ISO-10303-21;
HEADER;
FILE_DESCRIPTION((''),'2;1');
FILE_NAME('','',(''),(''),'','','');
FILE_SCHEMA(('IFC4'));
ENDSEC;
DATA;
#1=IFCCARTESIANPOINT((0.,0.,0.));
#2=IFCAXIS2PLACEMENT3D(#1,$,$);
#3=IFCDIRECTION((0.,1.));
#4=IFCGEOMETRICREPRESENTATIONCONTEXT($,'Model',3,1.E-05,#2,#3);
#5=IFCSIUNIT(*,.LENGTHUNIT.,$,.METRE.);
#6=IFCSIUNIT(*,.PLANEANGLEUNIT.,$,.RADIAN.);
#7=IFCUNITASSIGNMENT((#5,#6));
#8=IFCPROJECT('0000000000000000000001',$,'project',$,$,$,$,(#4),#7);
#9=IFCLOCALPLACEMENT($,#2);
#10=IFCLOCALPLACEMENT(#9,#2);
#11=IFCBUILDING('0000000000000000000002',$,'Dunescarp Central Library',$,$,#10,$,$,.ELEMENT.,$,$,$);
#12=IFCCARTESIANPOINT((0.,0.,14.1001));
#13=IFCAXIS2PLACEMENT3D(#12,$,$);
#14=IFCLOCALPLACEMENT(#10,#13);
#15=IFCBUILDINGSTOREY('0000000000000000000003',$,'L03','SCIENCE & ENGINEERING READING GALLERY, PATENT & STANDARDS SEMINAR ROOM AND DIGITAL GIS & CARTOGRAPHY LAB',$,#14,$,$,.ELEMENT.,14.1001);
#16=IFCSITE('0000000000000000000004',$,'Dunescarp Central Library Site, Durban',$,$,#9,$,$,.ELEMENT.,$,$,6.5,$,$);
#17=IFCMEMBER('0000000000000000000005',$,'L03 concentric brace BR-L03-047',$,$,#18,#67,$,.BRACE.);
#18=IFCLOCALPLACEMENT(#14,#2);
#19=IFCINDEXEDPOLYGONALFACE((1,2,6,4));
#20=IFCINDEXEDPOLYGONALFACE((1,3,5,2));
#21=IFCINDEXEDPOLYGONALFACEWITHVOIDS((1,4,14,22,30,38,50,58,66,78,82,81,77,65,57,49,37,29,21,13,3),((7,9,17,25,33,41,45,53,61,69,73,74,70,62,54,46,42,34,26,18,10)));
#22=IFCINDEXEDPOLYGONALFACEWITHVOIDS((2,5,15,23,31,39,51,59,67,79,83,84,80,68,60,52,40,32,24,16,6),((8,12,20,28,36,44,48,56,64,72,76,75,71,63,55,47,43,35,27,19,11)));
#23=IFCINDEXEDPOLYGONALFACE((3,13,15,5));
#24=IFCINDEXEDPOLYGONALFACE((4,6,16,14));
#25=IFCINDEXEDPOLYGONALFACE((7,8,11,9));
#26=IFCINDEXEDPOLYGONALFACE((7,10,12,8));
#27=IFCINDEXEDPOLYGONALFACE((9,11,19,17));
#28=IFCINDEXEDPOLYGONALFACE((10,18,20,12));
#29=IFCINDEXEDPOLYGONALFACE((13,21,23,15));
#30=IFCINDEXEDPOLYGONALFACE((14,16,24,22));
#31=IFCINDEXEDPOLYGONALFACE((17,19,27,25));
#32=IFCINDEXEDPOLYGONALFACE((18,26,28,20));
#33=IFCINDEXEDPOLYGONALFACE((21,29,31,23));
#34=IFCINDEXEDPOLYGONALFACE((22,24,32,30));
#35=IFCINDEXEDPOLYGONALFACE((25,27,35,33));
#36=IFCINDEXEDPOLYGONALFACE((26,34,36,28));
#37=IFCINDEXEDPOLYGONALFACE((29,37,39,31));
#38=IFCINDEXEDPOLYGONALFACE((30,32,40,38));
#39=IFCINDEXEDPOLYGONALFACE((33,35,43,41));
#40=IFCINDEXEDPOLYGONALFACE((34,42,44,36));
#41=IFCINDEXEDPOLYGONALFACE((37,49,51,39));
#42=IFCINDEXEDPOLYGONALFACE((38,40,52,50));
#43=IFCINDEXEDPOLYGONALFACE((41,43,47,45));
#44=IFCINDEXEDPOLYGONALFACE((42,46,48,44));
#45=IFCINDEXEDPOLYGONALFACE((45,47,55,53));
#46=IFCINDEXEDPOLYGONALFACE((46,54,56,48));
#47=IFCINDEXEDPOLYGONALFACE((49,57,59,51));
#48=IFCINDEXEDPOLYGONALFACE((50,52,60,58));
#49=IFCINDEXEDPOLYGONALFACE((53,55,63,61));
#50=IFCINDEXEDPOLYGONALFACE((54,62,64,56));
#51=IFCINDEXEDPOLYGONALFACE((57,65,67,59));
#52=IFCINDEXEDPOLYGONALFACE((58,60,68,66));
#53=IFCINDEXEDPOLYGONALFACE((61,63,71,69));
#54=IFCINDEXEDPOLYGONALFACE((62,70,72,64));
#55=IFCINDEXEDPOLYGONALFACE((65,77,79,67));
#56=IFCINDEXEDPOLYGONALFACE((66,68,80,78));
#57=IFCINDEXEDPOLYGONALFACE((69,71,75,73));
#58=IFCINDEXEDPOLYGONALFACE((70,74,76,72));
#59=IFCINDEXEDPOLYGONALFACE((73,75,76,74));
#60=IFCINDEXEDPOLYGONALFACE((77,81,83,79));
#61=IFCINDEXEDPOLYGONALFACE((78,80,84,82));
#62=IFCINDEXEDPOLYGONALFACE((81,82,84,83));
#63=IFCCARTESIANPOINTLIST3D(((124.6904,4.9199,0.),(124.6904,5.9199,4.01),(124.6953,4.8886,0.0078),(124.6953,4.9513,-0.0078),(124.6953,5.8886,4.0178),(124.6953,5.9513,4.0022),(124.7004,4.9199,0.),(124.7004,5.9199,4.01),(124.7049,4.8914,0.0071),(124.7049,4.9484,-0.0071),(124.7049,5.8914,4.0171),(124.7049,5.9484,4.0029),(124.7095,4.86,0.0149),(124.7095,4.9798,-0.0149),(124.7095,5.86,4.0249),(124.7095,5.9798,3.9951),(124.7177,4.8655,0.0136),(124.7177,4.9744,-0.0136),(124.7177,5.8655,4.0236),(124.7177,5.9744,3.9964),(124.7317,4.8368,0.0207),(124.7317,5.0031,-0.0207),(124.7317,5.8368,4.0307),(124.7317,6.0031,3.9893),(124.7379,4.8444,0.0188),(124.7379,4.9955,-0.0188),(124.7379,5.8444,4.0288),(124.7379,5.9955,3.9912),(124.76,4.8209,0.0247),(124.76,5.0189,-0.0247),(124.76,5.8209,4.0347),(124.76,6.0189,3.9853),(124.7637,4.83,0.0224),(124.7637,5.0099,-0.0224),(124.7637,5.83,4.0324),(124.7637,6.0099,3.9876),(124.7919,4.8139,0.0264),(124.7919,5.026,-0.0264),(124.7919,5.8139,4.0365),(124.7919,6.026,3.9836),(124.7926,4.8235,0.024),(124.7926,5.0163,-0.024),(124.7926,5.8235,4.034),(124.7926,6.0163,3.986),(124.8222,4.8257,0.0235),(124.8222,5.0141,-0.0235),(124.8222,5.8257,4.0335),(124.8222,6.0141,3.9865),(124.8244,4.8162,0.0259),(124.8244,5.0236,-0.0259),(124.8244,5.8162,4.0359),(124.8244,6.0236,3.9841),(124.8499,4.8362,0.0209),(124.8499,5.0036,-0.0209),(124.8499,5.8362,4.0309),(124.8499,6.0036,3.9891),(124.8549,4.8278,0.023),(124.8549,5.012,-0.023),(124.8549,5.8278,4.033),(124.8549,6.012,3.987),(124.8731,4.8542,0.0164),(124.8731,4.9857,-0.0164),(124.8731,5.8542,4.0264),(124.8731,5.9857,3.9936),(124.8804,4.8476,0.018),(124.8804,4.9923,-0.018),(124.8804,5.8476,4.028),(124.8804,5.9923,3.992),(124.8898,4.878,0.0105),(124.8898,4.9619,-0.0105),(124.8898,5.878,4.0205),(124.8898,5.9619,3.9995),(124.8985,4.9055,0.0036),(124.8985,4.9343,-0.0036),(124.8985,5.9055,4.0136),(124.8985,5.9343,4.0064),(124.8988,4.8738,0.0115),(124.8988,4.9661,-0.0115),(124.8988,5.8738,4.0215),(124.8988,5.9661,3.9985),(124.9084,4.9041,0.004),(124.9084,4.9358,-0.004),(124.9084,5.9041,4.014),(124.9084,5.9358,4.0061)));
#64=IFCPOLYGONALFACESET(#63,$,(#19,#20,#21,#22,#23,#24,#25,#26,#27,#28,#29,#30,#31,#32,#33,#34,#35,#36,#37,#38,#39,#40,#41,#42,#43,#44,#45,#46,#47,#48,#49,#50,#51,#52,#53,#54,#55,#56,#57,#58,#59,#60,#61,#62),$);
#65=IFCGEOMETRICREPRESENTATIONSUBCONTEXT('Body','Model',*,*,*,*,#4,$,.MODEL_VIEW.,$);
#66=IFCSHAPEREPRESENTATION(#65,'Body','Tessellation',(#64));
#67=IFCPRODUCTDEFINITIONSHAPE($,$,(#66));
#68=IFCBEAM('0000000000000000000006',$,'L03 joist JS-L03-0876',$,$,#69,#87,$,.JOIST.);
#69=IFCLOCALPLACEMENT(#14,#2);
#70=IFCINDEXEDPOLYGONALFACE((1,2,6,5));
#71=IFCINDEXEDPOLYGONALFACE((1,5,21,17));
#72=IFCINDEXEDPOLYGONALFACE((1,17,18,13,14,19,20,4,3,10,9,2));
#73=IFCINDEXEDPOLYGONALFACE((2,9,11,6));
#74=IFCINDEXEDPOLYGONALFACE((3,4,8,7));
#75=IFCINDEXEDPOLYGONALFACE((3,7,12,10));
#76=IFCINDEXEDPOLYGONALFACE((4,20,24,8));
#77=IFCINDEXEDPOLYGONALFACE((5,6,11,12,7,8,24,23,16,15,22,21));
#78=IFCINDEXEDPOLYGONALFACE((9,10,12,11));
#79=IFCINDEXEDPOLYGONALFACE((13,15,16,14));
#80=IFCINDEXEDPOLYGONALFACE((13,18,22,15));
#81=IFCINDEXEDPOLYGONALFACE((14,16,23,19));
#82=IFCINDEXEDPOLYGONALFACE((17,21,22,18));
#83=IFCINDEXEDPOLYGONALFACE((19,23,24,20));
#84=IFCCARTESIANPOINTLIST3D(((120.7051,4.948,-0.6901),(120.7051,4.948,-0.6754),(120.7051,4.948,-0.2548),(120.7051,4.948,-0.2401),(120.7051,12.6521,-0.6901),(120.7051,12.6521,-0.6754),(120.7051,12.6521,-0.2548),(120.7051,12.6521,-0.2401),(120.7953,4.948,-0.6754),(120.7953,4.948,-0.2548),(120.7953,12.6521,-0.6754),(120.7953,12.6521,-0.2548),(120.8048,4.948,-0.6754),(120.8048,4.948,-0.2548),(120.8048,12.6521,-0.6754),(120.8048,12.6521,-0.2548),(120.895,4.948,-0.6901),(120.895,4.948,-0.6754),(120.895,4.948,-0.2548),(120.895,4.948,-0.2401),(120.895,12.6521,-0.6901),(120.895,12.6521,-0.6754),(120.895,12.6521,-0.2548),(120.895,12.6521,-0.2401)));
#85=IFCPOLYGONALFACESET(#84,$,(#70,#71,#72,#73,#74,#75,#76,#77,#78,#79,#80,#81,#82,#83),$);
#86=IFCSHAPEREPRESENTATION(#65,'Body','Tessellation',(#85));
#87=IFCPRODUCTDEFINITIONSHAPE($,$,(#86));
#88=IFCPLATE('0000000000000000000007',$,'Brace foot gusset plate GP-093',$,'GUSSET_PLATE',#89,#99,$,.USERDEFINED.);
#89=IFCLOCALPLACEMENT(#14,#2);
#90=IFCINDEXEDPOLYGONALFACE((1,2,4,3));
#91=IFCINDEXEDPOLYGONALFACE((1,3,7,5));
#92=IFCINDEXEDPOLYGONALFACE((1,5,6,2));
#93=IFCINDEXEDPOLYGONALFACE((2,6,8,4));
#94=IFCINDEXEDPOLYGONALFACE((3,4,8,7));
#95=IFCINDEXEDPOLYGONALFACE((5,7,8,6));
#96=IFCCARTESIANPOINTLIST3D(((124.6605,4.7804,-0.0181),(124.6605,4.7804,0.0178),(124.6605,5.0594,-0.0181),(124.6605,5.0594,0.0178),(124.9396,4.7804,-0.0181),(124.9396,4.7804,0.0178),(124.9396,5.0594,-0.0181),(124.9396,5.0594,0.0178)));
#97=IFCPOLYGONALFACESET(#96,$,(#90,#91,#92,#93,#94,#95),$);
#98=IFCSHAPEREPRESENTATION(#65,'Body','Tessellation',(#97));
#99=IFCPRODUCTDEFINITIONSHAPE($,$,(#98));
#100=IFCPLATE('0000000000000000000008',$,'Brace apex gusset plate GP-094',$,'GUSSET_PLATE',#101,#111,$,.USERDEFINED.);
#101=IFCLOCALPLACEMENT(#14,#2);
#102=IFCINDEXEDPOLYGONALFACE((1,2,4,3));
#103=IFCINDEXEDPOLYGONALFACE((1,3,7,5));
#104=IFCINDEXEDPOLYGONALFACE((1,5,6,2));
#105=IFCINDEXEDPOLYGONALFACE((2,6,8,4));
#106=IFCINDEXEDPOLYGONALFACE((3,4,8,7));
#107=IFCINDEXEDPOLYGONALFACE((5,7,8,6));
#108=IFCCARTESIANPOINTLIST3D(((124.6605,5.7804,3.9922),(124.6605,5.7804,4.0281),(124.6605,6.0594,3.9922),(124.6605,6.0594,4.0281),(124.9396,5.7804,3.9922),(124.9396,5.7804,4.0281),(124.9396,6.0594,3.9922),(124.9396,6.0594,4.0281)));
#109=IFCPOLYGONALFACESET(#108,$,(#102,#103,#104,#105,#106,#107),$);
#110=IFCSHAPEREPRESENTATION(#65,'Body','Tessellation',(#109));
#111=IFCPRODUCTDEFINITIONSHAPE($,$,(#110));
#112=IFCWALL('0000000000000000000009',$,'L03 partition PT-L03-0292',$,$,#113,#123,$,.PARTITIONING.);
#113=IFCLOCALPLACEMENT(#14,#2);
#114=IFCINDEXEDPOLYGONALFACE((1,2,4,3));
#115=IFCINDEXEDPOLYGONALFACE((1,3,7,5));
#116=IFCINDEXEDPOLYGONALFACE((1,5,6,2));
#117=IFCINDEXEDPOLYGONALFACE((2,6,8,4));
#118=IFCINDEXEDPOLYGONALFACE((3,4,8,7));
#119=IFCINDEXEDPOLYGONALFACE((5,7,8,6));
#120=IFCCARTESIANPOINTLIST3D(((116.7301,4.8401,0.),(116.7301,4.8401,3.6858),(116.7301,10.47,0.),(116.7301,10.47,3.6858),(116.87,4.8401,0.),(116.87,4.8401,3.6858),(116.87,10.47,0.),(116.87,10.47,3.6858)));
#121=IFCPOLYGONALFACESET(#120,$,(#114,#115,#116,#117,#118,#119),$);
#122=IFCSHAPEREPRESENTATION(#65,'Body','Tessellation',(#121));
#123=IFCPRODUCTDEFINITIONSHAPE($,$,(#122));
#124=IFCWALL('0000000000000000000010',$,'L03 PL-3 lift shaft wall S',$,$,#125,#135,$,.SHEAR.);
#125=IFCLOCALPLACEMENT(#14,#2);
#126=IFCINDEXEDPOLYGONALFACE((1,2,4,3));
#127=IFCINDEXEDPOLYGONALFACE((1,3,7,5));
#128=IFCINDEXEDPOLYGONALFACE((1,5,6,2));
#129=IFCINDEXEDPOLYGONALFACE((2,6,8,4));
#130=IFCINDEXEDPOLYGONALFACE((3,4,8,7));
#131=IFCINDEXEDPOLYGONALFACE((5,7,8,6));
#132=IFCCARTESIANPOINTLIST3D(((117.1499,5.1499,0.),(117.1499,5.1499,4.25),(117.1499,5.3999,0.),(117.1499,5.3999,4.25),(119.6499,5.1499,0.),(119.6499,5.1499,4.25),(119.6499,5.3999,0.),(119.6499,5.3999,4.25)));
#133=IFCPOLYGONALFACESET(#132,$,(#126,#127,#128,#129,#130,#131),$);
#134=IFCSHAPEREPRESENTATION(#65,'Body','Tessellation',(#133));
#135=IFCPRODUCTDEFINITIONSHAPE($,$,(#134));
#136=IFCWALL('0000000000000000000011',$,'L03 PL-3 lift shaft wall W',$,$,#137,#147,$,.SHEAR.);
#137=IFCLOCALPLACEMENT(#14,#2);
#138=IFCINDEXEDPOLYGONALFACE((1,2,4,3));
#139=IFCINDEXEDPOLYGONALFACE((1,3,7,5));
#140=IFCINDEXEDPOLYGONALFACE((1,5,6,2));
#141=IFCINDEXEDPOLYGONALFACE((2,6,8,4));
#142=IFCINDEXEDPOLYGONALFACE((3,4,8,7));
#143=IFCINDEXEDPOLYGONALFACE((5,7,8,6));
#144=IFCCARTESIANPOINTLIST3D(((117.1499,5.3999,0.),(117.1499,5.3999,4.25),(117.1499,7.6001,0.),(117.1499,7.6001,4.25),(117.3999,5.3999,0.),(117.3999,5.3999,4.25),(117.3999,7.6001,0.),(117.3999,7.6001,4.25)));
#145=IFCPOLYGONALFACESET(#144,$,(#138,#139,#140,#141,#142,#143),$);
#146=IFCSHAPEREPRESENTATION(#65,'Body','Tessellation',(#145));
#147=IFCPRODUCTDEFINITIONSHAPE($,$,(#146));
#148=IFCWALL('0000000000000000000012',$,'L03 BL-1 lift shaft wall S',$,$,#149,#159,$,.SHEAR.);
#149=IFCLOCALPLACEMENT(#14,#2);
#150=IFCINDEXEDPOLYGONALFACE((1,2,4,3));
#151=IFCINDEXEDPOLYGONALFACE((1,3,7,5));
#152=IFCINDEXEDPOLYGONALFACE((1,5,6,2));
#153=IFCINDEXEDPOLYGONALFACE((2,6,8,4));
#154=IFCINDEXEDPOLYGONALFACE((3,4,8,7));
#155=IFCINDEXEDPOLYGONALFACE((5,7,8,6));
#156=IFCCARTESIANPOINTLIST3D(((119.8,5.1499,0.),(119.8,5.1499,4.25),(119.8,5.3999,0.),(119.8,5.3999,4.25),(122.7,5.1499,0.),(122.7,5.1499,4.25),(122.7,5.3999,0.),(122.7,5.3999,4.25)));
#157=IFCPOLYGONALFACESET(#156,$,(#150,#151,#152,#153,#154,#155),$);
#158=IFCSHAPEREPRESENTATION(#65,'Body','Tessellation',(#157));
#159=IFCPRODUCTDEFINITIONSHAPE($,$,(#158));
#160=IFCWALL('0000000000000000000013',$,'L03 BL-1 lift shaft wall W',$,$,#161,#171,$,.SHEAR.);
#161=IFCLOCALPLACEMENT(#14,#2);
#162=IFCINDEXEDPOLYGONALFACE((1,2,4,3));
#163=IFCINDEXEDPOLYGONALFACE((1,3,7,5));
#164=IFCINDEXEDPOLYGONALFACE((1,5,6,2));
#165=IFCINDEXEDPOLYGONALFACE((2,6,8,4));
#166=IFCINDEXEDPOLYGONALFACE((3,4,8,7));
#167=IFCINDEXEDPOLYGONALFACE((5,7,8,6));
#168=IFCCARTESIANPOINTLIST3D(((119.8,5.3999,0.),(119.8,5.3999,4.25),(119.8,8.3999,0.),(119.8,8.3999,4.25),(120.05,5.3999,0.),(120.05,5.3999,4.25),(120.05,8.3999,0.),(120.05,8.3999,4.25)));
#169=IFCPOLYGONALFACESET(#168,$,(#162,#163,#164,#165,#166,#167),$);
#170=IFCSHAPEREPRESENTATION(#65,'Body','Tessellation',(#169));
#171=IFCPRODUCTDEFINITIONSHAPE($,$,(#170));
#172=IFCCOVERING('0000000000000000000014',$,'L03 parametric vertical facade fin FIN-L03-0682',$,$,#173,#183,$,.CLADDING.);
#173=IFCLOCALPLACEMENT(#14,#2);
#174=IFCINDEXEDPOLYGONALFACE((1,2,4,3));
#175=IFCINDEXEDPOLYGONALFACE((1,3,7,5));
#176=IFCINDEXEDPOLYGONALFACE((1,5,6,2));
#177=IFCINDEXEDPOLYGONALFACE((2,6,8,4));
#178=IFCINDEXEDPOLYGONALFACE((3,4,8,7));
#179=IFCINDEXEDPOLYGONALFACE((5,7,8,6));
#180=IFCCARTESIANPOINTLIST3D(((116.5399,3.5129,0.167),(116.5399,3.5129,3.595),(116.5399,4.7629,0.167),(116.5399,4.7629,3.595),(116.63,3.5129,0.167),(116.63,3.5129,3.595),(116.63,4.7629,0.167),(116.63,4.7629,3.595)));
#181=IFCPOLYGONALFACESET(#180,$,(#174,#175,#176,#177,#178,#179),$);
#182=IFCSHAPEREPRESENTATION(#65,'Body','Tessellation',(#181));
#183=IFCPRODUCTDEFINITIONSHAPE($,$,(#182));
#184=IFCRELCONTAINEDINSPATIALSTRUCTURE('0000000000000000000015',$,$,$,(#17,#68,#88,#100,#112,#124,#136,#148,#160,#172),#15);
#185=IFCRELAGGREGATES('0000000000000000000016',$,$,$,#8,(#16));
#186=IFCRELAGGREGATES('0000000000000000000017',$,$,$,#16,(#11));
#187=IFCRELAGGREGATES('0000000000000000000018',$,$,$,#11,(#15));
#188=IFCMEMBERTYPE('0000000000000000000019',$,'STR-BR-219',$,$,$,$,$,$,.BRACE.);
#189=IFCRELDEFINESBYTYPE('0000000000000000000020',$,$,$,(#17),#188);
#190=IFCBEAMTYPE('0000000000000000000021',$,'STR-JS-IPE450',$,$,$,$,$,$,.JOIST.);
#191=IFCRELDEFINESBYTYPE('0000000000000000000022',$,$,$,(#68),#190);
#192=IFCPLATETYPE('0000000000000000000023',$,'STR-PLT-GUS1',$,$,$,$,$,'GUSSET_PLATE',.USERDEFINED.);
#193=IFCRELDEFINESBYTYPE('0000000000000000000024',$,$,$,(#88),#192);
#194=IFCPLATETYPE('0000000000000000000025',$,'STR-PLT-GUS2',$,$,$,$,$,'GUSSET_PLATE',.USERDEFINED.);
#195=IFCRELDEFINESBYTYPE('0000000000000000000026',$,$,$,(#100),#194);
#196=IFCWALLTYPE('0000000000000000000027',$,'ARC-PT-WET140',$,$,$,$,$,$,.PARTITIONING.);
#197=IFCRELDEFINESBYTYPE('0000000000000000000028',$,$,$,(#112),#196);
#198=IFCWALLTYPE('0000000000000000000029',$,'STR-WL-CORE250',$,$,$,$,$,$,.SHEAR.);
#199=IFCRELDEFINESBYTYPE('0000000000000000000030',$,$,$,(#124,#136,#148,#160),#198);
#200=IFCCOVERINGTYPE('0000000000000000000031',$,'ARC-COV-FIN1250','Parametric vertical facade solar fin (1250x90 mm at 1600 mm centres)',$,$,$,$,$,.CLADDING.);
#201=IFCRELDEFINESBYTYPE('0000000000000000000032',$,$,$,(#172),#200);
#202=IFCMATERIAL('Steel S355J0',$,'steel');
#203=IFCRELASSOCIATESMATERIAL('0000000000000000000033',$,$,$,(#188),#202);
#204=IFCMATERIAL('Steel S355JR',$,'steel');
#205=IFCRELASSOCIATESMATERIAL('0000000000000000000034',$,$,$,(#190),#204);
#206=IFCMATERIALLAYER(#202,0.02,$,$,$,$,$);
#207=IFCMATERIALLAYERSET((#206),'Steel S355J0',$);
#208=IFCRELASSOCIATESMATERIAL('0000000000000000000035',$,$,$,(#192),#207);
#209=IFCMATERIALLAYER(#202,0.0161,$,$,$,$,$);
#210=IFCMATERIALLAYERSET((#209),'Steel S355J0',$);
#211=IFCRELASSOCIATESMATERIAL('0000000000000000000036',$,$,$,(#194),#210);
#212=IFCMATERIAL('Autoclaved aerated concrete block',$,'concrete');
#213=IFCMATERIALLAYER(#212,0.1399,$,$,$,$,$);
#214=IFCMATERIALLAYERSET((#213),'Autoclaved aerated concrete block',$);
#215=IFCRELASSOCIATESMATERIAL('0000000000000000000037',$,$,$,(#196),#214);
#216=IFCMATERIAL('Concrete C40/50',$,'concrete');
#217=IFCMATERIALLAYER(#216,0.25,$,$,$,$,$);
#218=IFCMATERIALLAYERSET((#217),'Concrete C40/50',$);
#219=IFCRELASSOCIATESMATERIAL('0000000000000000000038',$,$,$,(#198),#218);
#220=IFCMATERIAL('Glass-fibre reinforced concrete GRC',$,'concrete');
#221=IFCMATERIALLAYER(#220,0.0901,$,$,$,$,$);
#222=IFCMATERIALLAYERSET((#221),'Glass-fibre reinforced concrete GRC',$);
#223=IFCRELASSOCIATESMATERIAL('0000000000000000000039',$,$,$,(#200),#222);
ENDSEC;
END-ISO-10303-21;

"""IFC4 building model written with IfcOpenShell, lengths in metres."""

from ifc_helpers import new_model, si_unit, direction, frame, frame_2d, origin, origin_2d, place, context, subcontext, project, spatial, rectangle, hollow_circle, i_section, extrude, material, layer, layer_set, material_profile, profile_set, type_object, element, save


model = new_model("IFC4")

# Units and contexts
model_context = context("Model", 3, precision=1e-05, world=origin(), true_north=direction((0.0, 1.0)))
body_context = subcontext(model_context, "Body", "Model", "MODEL_VIEW")
ifc_project = project(units=[si_unit("LENGTHUNIT", "METRE"), si_unit("PLANEANGLEUNIT", "RADIAN")], contexts=[model_context])

# Site, building, storey
site_placement = place(None, origin())
site = spatial("IfcSite", under=ifc_project, at=site_placement, Name="Dunescarp Central Library Site, Durban", CompositionType="ELEMENT", RefElevation=6.5)
building_placement = place(site_placement, origin())
building = spatial("IfcBuilding", under=site, at=building_placement, Name="Dunescarp Central Library", CompositionType="ELEMENT")
storey_placement = place(building_placement, frame((0.0, 0.0, 14.1001)))
storey = spatial("IfcBuildingStorey", under=building, at=storey_placement, Name="L03", Description="SCIENCE & ENGINEERING READING GALLERY, PATENT & STANDARDS SEMINAR ROOM AND DIGITAL GIS & CARTOGRAPHY LAB", CompositionType="ELEMENT", Elevation=14.1001)

# Shared definitions
ifc_material_1 = material(Name="Steel S355JR", Category="steel")

# Member
ifc_material_2 = material(Name="Steel S355J0", Category="steel")
ifc_material_profile_1 = material_profile(ifc_material_2, hollow_circle(Radius=0.1096, WallThickness=0.01, at=origin_2d()), Name="CHS 219.1x10")
ifc_profile_set_1 = profile_set([ifc_material_profile_1], Name="Steel S355J0")
member_type_1 = type_object("IfcMemberType", Name="STR-BR-219", PredefinedType="BRACE", material=ifc_profile_set_1)
member_1_placement = place(storey_placement, frame((124.8, 4.9199, 0.0), z_axis=(0.0, 0.241966, 0.970285), x_axis=(-1.0, 0.0, 0.0)))
element("IfcMember", 1, at=member_1_placement, inside=storey, type_object=member_type_1, Name="L03 concentric brace BR-L03-047", PredefinedType="BRACE", context=body_context, shape_type="SweptSolid", body=[
    extrude(hollow_circle(Radius=0.1096, WallThickness=0.01, at=origin_2d()), origin(), (0.0, 0.0, 1.0), 4.1328),
])

# Beam
ifc_material_profile_2 = material_profile(ifc_material_1, i_section(OverallWidth=0.1899, OverallDepth=0.45, WebThickness=0.0095, FlangeThickness=0.0146, at=origin_2d()), Name="IPE 450")
ifc_profile_set_2 = profile_set([ifc_material_profile_2], Name="Steel S355JR")
beam_type_1 = type_object("IfcBeamType", Name="STR-JS-IPE450", PredefinedType="JOIST", material=ifc_profile_set_2)
beam_1_placement = place(storey_placement, frame((120.8, 4.948, -0.4651), z_axis=(0.0, 1.0, 0.0), x_axis=(-1.0, 0.0, 0.0)))
element("IfcBeam", 2, at=beam_1_placement, inside=storey, type_object=beam_type_1, Name="L03 joist JS-L03-0876", PredefinedType="JOIST", context=body_context, shape_type="SweptSolid", body=[
    extrude(i_section(OverallWidth=0.1899, OverallDepth=0.45, WebThickness=0.0095, FlangeThickness=0.0146, at=origin_2d()), origin(), (0.0, 0.0, 1.0), 7.7041),
])

# Plates
ifc_layer_1 = layer(ifc_material_2, 0.02)
ifc_layer_set_1 = layer_set([ifc_layer_1], Name="Steel S355J0")
plate_type_1 = type_object("IfcPlateType", Name="STR-PLT-GUS1", ElementType="GUSSET_PLATE", PredefinedType="USERDEFINED", material=ifc_layer_set_1)
plate_1_placement = place(storey_placement, frame((124.8, 4.9199, -0.0181), z_axis=(0.0, 0.0, 1.0), x_axis=(1.0, 0.0, 0.0)))
element("IfcPlate", 3, at=plate_1_placement, inside=storey, type_object=plate_type_1, Name="Brace foot gusset plate GP-093", ObjectType="GUSSET_PLATE", PredefinedType="USERDEFINED", context=body_context, shape_type="SweptSolid", body=[
    extrude(rectangle(XDim=0.2791, YDim=0.2791, at=origin_2d()), origin(), (0.0, 0.0, 1.0), 0.0359),
])
ifc_layer_2 = layer(ifc_material_2, 0.0161)
ifc_layer_set_2 = layer_set([ifc_layer_2], Name="Steel S355J0")
plate_type_2 = type_object("IfcPlateType", Name="STR-PLT-GUS2", ElementType="GUSSET_PLATE", PredefinedType="USERDEFINED", material=ifc_layer_set_2)
plate_2_placement = place(storey_placement, frame((124.8, 5.9199, 3.9922), z_axis=(0.0, 0.0, 1.0), x_axis=(1.0, 0.0, 0.0)))
element("IfcPlate", 4, at=plate_2_placement, inside=storey, type_object=plate_type_2, Name="Brace apex gusset plate GP-094", ObjectType="GUSSET_PLATE", PredefinedType="USERDEFINED", context=body_context, shape_type="SweptSolid", body=[
    extrude(rectangle(XDim=0.2791, YDim=0.2791, at=origin_2d()), origin(), (0.0, 0.0, 1.0), 0.0359),
])

# Walls
ifc_material_3 = material(Name="Autoclaved aerated concrete block", Category="concrete")
ifc_layer_3 = layer(ifc_material_3, 0.1399)
ifc_layer_set_3 = layer_set([ifc_layer_3], Name="Autoclaved aerated concrete block")
wall_type_1 = type_object("IfcWallType", Name="ARC-PT-WET140", PredefinedType="PARTITIONING", material=ifc_layer_set_3)
wall_1_placement = place(storey_placement, frame((116.8, 4.8401, 0.0), z_axis=(0.0, 0.0, 1.0), x_axis=(0.0, 1.0, 0.0)))
element("IfcWall", 5, at=wall_1_placement, inside=storey, type_object=wall_type_1, Name="L03 partition PT-L03-0292", PredefinedType="PARTITIONING", context=body_context, shape_type="SweptSolid", body=[
    extrude(rectangle(XDim=5.6299, YDim=0.1399, at=frame_2d((2.8149, 0.0))), origin(), (0.0, 0.0, 1.0), 3.6858),
])
ifc_material_4 = material(Name="Concrete C40/50", Category="concrete")
ifc_layer_4 = layer(ifc_material_4, 0.25)
ifc_layer_set_4 = layer_set([ifc_layer_4], Name="Concrete C40/50")
wall_type_2 = type_object("IfcWallType", Name="STR-WL-CORE250", PredefinedType="SHEAR", material=ifc_layer_set_4)
wall_2_placement = place(storey_placement, frame((119.6499, 5.2749, 0.0), z_axis=(0.0, 0.0, 1.0), x_axis=(-1.0, 0.0, 0.0)))
element("IfcWall", 6, at=wall_2_placement, inside=storey, type_object=wall_type_2, Name="L03 PL-3 lift shaft wall S", PredefinedType="SHEAR", context=body_context, shape_type="SweptSolid", body=[
    extrude(rectangle(XDim=2.5, YDim=0.25, at=frame_2d((1.25, 0.0))), origin(), (0.0, 0.0, 1.0), 4.25),
])
wall_3_placement = place(storey_placement, frame((117.2749, 5.3999, 0.0), z_axis=(0.0, 0.0, 1.0), x_axis=(0.0, 1.0, 0.0)))
element("IfcWall", 7, at=wall_3_placement, inside=storey, type_object=wall_type_2, Name="L03 PL-3 lift shaft wall W", PredefinedType="SHEAR", context=body_context, shape_type="SweptSolid", body=[
    extrude(rectangle(XDim=2.2002, YDim=0.25, at=frame_2d((1.1001, 0.0))), origin(), (0.0, 0.0, 1.0), 4.25),
])
wall_4_placement = place(storey_placement, frame((122.7, 5.2749, 0.0), z_axis=(0.0, 0.0, 1.0), x_axis=(-1.0, 0.0, 0.0)))
element("IfcWall", 8, at=wall_4_placement, inside=storey, type_object=wall_type_2, Name="L03 BL-1 lift shaft wall S", PredefinedType="SHEAR", context=body_context, shape_type="SweptSolid", body=[
    extrude(rectangle(XDim=2.8999, YDim=0.25, at=frame_2d((1.45, 0.0))), origin(), (0.0, 0.0, 1.0), 4.25),
])
wall_5_placement = place(storey_placement, frame((119.925, 5.3999, 0.0), z_axis=(0.0, 0.0, 1.0), x_axis=(0.0, 1.0, 0.0)))
element("IfcWall", 9, at=wall_5_placement, inside=storey, type_object=wall_type_2, Name="L03 BL-1 lift shaft wall W", PredefinedType="SHEAR", context=body_context, shape_type="SweptSolid", body=[
    extrude(rectangle(XDim=3.0, YDim=0.25, at=frame_2d((1.5, 0.0))), origin(), (0.0, 0.0, 1.0), 4.25),
])

# Covering
ifc_material_5 = material(Name="Glass-fibre reinforced concrete GRC", Category="concrete")
ifc_layer_5 = layer(ifc_material_5, 0.0901)
ifc_layer_set_5 = layer_set([ifc_layer_5], Name="Glass-fibre reinforced concrete GRC")
covering_type_1 = type_object("IfcCoveringType", Name="ARC-COV-FIN1250", Description="Parametric vertical facade solar fin (1250x90 mm at 1600 mm centres)", PredefinedType="CLADDING", material=ifc_layer_set_5)
covering_1_placement = place(storey_placement, frame((116.585, 4.1379, 0.167), z_axis=(0.0, 0.0, 1.0), x_axis=(0.0, -1.0, 0.0)))
element("IfcCovering", 10, at=covering_1_placement, inside=storey, type_object=covering_type_1, Name="L03 parametric vertical facade fin FIN-L03-0682", PredefinedType="CLADDING", context=body_context, shape_type="SweptSolid", body=[
    extrude(rectangle(XDim=1.25, YDim=0.0901, at=origin_2d()), origin(), (0.0, 0.0, 1.0), 3.428),
])

save(model, "model.ifc")
